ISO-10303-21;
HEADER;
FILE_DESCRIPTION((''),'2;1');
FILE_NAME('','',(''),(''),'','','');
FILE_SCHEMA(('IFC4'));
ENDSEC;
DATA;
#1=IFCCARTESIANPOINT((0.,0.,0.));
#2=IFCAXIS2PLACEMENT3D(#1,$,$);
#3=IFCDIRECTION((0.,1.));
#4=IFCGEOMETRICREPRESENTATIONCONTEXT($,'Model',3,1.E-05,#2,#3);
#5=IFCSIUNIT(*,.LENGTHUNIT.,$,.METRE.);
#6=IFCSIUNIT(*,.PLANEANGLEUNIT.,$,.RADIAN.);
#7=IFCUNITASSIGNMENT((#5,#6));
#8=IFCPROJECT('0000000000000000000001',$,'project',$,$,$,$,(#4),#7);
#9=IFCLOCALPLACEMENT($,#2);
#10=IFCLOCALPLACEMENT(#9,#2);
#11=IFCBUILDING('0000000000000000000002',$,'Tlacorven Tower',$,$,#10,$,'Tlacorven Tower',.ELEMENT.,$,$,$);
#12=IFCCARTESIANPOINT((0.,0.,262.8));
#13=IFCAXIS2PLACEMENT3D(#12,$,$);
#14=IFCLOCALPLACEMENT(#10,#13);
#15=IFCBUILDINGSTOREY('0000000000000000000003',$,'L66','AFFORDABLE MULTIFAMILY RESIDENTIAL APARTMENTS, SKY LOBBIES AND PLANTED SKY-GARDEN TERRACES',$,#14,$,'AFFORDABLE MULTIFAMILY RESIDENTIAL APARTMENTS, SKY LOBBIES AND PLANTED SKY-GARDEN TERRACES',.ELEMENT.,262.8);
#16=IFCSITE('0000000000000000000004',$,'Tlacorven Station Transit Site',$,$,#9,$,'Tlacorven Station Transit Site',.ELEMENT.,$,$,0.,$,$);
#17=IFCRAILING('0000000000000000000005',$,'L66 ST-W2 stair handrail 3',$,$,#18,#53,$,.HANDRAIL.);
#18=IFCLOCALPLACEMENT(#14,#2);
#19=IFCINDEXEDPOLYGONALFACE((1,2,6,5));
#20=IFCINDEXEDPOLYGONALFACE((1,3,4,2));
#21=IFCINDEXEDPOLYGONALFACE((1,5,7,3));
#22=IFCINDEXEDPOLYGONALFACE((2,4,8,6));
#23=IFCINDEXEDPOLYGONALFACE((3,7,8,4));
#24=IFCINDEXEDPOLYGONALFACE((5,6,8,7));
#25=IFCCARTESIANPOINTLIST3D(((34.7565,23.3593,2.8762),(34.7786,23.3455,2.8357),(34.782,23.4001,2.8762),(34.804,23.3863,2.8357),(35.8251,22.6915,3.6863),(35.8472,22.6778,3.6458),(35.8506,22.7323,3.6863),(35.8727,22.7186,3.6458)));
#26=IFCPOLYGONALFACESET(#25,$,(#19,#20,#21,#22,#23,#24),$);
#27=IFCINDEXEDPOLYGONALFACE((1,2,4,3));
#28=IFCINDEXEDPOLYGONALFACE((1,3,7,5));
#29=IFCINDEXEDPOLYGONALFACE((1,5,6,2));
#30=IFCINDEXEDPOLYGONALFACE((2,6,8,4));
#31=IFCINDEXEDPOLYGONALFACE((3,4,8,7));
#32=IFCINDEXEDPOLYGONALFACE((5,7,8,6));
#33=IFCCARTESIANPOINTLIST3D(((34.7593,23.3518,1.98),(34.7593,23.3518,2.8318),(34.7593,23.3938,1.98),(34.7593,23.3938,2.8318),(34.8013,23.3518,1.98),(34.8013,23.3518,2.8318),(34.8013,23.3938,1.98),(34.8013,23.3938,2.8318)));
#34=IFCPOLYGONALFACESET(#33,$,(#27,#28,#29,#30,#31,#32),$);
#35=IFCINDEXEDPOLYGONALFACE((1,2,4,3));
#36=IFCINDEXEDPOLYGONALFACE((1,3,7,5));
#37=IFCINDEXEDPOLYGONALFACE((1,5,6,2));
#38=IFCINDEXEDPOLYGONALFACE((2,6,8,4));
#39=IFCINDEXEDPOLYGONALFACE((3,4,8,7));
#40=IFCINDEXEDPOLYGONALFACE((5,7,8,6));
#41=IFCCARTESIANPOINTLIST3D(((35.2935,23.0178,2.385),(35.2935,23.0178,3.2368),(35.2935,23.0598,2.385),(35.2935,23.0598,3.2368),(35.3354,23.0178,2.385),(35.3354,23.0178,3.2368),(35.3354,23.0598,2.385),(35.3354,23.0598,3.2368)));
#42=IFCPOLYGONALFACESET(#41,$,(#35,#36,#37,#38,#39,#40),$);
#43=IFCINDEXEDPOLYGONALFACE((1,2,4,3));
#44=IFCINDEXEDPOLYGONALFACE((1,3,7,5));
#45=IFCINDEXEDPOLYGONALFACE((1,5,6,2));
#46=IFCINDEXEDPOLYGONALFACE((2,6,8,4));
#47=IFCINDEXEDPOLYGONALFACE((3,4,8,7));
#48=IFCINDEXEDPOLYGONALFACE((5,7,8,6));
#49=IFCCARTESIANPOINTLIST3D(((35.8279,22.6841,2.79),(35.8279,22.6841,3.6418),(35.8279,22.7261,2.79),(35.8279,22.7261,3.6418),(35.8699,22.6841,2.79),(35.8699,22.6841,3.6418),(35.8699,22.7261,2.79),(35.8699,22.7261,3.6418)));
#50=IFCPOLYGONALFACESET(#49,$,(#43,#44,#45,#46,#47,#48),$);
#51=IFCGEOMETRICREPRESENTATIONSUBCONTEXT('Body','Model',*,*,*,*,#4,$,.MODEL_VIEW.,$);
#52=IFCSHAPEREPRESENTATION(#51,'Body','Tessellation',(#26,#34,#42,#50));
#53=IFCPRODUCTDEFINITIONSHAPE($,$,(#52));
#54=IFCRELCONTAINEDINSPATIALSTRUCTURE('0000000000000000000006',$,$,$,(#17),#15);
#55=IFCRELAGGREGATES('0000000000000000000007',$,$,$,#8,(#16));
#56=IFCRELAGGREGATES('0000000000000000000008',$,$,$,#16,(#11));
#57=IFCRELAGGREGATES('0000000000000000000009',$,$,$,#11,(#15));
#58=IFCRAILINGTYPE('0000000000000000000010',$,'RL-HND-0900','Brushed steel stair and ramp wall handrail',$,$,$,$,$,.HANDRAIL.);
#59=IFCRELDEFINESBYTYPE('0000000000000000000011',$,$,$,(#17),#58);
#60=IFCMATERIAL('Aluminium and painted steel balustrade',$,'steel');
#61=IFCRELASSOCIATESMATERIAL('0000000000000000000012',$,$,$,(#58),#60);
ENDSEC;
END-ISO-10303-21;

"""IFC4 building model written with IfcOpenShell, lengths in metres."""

from ifc_helpers import new_model, si_unit, direction, frame, origin, origin_2d, place, context, subcontext, project, spatial, rectangle, extrude, source, transform, mapped, material, type_object, element, save


model = new_model("IFC4")

# Units and contexts
model_context = context("Model", 3, precision=1e-05, world=origin(), true_north=direction((0.0, 1.0)))
body_context = subcontext(model_context, "Body", "Model", "MODEL_VIEW")
ifc_project = project(units=[si_unit("LENGTHUNIT", "METRE"), si_unit("PLANEANGLEUNIT", "RADIAN")], contexts=[model_context])

# Site, building, storey
site_placement = place(None, origin())
site = spatial("IfcSite", under=ifc_project, at=site_placement, Name="Tlacorven Station Transit Site", LongName="Tlacorven Station Transit Site", CompositionType="ELEMENT", RefElevation=0.0)
building_placement = place(site_placement, origin())
building = spatial("IfcBuilding", under=site, at=building_placement, Name="Tlacorven Tower", LongName="Tlacorven Tower", CompositionType="ELEMENT")
storey_placement = place(building_placement, frame((0.0, 0.0, 262.8)))
storey = spatial("IfcBuildingStorey", under=building, at=storey_placement, Name="L66", Description="AFFORDABLE MULTIFAMILY RESIDENTIAL APARTMENTS, SKY LOBBIES AND PLANTED SKY-GARDEN TERRACES", LongName="AFFORDABLE MULTIFAMILY RESIDENTIAL APARTMENTS, SKY LOBBIES AND PLANTED SKY-GARDEN TERRACES", CompositionType="ELEMENT", Elevation=262.8)

# Railing
ifc_material_1 = material(Name="Aluminium and painted steel balustrade", Category="steel")
railing_type_1 = type_object("IfcRailingType", Name="RL-HND-0900", Description="Brushed steel stair and ramp wall handrail", PredefinedType="HANDRAIL", material=ifc_material_1)
shared_shape_1 = source(origin(), body_context, "Body", "SweptSolid", [
    extrude(rectangle(XDim=0.0481, YDim=0.0481, at=origin_2d()), frame((0.0, 0.0, 0.876), z_axis=(0.71336, -0.445748, 0.540765), x_axis=(0.529912, 0.848053, 0.0)), (0.0, 0.0, 1.0), 1.498),
    extrude(rectangle(XDim=0.042, YDim=0.042, at=origin_2d()), origin(), (0.0, 0.0, 1.0), 0.8518),
    extrude(rectangle(XDim=0.042, YDim=0.042, at=origin_2d()), frame((0.5342, -0.334, 0.405)), (0.0, 0.0, 1.0), 0.8518),
    extrude(rectangle(XDim=0.042, YDim=0.042, at=origin_2d()), frame((1.0686, -0.6677, 0.8101)), (0.0, 0.0, 1.0), 0.8518),
])
railing_1_placement = place(storey_placement, frame((34.7803, 23.3728, 1.98)))
element("IfcRailing", 1, at=railing_1_placement, inside=storey, type_object=railing_type_1, Name="L66 ST-W2 stair handrail 3", PredefinedType="HANDRAIL", context=body_context, shape_type="MappedRepresentation", body=[
    mapped(shared_shape_1, transform((0.0, 0.0, 0.0), scale=1.0)),
])

save(model, "model.ifc")
